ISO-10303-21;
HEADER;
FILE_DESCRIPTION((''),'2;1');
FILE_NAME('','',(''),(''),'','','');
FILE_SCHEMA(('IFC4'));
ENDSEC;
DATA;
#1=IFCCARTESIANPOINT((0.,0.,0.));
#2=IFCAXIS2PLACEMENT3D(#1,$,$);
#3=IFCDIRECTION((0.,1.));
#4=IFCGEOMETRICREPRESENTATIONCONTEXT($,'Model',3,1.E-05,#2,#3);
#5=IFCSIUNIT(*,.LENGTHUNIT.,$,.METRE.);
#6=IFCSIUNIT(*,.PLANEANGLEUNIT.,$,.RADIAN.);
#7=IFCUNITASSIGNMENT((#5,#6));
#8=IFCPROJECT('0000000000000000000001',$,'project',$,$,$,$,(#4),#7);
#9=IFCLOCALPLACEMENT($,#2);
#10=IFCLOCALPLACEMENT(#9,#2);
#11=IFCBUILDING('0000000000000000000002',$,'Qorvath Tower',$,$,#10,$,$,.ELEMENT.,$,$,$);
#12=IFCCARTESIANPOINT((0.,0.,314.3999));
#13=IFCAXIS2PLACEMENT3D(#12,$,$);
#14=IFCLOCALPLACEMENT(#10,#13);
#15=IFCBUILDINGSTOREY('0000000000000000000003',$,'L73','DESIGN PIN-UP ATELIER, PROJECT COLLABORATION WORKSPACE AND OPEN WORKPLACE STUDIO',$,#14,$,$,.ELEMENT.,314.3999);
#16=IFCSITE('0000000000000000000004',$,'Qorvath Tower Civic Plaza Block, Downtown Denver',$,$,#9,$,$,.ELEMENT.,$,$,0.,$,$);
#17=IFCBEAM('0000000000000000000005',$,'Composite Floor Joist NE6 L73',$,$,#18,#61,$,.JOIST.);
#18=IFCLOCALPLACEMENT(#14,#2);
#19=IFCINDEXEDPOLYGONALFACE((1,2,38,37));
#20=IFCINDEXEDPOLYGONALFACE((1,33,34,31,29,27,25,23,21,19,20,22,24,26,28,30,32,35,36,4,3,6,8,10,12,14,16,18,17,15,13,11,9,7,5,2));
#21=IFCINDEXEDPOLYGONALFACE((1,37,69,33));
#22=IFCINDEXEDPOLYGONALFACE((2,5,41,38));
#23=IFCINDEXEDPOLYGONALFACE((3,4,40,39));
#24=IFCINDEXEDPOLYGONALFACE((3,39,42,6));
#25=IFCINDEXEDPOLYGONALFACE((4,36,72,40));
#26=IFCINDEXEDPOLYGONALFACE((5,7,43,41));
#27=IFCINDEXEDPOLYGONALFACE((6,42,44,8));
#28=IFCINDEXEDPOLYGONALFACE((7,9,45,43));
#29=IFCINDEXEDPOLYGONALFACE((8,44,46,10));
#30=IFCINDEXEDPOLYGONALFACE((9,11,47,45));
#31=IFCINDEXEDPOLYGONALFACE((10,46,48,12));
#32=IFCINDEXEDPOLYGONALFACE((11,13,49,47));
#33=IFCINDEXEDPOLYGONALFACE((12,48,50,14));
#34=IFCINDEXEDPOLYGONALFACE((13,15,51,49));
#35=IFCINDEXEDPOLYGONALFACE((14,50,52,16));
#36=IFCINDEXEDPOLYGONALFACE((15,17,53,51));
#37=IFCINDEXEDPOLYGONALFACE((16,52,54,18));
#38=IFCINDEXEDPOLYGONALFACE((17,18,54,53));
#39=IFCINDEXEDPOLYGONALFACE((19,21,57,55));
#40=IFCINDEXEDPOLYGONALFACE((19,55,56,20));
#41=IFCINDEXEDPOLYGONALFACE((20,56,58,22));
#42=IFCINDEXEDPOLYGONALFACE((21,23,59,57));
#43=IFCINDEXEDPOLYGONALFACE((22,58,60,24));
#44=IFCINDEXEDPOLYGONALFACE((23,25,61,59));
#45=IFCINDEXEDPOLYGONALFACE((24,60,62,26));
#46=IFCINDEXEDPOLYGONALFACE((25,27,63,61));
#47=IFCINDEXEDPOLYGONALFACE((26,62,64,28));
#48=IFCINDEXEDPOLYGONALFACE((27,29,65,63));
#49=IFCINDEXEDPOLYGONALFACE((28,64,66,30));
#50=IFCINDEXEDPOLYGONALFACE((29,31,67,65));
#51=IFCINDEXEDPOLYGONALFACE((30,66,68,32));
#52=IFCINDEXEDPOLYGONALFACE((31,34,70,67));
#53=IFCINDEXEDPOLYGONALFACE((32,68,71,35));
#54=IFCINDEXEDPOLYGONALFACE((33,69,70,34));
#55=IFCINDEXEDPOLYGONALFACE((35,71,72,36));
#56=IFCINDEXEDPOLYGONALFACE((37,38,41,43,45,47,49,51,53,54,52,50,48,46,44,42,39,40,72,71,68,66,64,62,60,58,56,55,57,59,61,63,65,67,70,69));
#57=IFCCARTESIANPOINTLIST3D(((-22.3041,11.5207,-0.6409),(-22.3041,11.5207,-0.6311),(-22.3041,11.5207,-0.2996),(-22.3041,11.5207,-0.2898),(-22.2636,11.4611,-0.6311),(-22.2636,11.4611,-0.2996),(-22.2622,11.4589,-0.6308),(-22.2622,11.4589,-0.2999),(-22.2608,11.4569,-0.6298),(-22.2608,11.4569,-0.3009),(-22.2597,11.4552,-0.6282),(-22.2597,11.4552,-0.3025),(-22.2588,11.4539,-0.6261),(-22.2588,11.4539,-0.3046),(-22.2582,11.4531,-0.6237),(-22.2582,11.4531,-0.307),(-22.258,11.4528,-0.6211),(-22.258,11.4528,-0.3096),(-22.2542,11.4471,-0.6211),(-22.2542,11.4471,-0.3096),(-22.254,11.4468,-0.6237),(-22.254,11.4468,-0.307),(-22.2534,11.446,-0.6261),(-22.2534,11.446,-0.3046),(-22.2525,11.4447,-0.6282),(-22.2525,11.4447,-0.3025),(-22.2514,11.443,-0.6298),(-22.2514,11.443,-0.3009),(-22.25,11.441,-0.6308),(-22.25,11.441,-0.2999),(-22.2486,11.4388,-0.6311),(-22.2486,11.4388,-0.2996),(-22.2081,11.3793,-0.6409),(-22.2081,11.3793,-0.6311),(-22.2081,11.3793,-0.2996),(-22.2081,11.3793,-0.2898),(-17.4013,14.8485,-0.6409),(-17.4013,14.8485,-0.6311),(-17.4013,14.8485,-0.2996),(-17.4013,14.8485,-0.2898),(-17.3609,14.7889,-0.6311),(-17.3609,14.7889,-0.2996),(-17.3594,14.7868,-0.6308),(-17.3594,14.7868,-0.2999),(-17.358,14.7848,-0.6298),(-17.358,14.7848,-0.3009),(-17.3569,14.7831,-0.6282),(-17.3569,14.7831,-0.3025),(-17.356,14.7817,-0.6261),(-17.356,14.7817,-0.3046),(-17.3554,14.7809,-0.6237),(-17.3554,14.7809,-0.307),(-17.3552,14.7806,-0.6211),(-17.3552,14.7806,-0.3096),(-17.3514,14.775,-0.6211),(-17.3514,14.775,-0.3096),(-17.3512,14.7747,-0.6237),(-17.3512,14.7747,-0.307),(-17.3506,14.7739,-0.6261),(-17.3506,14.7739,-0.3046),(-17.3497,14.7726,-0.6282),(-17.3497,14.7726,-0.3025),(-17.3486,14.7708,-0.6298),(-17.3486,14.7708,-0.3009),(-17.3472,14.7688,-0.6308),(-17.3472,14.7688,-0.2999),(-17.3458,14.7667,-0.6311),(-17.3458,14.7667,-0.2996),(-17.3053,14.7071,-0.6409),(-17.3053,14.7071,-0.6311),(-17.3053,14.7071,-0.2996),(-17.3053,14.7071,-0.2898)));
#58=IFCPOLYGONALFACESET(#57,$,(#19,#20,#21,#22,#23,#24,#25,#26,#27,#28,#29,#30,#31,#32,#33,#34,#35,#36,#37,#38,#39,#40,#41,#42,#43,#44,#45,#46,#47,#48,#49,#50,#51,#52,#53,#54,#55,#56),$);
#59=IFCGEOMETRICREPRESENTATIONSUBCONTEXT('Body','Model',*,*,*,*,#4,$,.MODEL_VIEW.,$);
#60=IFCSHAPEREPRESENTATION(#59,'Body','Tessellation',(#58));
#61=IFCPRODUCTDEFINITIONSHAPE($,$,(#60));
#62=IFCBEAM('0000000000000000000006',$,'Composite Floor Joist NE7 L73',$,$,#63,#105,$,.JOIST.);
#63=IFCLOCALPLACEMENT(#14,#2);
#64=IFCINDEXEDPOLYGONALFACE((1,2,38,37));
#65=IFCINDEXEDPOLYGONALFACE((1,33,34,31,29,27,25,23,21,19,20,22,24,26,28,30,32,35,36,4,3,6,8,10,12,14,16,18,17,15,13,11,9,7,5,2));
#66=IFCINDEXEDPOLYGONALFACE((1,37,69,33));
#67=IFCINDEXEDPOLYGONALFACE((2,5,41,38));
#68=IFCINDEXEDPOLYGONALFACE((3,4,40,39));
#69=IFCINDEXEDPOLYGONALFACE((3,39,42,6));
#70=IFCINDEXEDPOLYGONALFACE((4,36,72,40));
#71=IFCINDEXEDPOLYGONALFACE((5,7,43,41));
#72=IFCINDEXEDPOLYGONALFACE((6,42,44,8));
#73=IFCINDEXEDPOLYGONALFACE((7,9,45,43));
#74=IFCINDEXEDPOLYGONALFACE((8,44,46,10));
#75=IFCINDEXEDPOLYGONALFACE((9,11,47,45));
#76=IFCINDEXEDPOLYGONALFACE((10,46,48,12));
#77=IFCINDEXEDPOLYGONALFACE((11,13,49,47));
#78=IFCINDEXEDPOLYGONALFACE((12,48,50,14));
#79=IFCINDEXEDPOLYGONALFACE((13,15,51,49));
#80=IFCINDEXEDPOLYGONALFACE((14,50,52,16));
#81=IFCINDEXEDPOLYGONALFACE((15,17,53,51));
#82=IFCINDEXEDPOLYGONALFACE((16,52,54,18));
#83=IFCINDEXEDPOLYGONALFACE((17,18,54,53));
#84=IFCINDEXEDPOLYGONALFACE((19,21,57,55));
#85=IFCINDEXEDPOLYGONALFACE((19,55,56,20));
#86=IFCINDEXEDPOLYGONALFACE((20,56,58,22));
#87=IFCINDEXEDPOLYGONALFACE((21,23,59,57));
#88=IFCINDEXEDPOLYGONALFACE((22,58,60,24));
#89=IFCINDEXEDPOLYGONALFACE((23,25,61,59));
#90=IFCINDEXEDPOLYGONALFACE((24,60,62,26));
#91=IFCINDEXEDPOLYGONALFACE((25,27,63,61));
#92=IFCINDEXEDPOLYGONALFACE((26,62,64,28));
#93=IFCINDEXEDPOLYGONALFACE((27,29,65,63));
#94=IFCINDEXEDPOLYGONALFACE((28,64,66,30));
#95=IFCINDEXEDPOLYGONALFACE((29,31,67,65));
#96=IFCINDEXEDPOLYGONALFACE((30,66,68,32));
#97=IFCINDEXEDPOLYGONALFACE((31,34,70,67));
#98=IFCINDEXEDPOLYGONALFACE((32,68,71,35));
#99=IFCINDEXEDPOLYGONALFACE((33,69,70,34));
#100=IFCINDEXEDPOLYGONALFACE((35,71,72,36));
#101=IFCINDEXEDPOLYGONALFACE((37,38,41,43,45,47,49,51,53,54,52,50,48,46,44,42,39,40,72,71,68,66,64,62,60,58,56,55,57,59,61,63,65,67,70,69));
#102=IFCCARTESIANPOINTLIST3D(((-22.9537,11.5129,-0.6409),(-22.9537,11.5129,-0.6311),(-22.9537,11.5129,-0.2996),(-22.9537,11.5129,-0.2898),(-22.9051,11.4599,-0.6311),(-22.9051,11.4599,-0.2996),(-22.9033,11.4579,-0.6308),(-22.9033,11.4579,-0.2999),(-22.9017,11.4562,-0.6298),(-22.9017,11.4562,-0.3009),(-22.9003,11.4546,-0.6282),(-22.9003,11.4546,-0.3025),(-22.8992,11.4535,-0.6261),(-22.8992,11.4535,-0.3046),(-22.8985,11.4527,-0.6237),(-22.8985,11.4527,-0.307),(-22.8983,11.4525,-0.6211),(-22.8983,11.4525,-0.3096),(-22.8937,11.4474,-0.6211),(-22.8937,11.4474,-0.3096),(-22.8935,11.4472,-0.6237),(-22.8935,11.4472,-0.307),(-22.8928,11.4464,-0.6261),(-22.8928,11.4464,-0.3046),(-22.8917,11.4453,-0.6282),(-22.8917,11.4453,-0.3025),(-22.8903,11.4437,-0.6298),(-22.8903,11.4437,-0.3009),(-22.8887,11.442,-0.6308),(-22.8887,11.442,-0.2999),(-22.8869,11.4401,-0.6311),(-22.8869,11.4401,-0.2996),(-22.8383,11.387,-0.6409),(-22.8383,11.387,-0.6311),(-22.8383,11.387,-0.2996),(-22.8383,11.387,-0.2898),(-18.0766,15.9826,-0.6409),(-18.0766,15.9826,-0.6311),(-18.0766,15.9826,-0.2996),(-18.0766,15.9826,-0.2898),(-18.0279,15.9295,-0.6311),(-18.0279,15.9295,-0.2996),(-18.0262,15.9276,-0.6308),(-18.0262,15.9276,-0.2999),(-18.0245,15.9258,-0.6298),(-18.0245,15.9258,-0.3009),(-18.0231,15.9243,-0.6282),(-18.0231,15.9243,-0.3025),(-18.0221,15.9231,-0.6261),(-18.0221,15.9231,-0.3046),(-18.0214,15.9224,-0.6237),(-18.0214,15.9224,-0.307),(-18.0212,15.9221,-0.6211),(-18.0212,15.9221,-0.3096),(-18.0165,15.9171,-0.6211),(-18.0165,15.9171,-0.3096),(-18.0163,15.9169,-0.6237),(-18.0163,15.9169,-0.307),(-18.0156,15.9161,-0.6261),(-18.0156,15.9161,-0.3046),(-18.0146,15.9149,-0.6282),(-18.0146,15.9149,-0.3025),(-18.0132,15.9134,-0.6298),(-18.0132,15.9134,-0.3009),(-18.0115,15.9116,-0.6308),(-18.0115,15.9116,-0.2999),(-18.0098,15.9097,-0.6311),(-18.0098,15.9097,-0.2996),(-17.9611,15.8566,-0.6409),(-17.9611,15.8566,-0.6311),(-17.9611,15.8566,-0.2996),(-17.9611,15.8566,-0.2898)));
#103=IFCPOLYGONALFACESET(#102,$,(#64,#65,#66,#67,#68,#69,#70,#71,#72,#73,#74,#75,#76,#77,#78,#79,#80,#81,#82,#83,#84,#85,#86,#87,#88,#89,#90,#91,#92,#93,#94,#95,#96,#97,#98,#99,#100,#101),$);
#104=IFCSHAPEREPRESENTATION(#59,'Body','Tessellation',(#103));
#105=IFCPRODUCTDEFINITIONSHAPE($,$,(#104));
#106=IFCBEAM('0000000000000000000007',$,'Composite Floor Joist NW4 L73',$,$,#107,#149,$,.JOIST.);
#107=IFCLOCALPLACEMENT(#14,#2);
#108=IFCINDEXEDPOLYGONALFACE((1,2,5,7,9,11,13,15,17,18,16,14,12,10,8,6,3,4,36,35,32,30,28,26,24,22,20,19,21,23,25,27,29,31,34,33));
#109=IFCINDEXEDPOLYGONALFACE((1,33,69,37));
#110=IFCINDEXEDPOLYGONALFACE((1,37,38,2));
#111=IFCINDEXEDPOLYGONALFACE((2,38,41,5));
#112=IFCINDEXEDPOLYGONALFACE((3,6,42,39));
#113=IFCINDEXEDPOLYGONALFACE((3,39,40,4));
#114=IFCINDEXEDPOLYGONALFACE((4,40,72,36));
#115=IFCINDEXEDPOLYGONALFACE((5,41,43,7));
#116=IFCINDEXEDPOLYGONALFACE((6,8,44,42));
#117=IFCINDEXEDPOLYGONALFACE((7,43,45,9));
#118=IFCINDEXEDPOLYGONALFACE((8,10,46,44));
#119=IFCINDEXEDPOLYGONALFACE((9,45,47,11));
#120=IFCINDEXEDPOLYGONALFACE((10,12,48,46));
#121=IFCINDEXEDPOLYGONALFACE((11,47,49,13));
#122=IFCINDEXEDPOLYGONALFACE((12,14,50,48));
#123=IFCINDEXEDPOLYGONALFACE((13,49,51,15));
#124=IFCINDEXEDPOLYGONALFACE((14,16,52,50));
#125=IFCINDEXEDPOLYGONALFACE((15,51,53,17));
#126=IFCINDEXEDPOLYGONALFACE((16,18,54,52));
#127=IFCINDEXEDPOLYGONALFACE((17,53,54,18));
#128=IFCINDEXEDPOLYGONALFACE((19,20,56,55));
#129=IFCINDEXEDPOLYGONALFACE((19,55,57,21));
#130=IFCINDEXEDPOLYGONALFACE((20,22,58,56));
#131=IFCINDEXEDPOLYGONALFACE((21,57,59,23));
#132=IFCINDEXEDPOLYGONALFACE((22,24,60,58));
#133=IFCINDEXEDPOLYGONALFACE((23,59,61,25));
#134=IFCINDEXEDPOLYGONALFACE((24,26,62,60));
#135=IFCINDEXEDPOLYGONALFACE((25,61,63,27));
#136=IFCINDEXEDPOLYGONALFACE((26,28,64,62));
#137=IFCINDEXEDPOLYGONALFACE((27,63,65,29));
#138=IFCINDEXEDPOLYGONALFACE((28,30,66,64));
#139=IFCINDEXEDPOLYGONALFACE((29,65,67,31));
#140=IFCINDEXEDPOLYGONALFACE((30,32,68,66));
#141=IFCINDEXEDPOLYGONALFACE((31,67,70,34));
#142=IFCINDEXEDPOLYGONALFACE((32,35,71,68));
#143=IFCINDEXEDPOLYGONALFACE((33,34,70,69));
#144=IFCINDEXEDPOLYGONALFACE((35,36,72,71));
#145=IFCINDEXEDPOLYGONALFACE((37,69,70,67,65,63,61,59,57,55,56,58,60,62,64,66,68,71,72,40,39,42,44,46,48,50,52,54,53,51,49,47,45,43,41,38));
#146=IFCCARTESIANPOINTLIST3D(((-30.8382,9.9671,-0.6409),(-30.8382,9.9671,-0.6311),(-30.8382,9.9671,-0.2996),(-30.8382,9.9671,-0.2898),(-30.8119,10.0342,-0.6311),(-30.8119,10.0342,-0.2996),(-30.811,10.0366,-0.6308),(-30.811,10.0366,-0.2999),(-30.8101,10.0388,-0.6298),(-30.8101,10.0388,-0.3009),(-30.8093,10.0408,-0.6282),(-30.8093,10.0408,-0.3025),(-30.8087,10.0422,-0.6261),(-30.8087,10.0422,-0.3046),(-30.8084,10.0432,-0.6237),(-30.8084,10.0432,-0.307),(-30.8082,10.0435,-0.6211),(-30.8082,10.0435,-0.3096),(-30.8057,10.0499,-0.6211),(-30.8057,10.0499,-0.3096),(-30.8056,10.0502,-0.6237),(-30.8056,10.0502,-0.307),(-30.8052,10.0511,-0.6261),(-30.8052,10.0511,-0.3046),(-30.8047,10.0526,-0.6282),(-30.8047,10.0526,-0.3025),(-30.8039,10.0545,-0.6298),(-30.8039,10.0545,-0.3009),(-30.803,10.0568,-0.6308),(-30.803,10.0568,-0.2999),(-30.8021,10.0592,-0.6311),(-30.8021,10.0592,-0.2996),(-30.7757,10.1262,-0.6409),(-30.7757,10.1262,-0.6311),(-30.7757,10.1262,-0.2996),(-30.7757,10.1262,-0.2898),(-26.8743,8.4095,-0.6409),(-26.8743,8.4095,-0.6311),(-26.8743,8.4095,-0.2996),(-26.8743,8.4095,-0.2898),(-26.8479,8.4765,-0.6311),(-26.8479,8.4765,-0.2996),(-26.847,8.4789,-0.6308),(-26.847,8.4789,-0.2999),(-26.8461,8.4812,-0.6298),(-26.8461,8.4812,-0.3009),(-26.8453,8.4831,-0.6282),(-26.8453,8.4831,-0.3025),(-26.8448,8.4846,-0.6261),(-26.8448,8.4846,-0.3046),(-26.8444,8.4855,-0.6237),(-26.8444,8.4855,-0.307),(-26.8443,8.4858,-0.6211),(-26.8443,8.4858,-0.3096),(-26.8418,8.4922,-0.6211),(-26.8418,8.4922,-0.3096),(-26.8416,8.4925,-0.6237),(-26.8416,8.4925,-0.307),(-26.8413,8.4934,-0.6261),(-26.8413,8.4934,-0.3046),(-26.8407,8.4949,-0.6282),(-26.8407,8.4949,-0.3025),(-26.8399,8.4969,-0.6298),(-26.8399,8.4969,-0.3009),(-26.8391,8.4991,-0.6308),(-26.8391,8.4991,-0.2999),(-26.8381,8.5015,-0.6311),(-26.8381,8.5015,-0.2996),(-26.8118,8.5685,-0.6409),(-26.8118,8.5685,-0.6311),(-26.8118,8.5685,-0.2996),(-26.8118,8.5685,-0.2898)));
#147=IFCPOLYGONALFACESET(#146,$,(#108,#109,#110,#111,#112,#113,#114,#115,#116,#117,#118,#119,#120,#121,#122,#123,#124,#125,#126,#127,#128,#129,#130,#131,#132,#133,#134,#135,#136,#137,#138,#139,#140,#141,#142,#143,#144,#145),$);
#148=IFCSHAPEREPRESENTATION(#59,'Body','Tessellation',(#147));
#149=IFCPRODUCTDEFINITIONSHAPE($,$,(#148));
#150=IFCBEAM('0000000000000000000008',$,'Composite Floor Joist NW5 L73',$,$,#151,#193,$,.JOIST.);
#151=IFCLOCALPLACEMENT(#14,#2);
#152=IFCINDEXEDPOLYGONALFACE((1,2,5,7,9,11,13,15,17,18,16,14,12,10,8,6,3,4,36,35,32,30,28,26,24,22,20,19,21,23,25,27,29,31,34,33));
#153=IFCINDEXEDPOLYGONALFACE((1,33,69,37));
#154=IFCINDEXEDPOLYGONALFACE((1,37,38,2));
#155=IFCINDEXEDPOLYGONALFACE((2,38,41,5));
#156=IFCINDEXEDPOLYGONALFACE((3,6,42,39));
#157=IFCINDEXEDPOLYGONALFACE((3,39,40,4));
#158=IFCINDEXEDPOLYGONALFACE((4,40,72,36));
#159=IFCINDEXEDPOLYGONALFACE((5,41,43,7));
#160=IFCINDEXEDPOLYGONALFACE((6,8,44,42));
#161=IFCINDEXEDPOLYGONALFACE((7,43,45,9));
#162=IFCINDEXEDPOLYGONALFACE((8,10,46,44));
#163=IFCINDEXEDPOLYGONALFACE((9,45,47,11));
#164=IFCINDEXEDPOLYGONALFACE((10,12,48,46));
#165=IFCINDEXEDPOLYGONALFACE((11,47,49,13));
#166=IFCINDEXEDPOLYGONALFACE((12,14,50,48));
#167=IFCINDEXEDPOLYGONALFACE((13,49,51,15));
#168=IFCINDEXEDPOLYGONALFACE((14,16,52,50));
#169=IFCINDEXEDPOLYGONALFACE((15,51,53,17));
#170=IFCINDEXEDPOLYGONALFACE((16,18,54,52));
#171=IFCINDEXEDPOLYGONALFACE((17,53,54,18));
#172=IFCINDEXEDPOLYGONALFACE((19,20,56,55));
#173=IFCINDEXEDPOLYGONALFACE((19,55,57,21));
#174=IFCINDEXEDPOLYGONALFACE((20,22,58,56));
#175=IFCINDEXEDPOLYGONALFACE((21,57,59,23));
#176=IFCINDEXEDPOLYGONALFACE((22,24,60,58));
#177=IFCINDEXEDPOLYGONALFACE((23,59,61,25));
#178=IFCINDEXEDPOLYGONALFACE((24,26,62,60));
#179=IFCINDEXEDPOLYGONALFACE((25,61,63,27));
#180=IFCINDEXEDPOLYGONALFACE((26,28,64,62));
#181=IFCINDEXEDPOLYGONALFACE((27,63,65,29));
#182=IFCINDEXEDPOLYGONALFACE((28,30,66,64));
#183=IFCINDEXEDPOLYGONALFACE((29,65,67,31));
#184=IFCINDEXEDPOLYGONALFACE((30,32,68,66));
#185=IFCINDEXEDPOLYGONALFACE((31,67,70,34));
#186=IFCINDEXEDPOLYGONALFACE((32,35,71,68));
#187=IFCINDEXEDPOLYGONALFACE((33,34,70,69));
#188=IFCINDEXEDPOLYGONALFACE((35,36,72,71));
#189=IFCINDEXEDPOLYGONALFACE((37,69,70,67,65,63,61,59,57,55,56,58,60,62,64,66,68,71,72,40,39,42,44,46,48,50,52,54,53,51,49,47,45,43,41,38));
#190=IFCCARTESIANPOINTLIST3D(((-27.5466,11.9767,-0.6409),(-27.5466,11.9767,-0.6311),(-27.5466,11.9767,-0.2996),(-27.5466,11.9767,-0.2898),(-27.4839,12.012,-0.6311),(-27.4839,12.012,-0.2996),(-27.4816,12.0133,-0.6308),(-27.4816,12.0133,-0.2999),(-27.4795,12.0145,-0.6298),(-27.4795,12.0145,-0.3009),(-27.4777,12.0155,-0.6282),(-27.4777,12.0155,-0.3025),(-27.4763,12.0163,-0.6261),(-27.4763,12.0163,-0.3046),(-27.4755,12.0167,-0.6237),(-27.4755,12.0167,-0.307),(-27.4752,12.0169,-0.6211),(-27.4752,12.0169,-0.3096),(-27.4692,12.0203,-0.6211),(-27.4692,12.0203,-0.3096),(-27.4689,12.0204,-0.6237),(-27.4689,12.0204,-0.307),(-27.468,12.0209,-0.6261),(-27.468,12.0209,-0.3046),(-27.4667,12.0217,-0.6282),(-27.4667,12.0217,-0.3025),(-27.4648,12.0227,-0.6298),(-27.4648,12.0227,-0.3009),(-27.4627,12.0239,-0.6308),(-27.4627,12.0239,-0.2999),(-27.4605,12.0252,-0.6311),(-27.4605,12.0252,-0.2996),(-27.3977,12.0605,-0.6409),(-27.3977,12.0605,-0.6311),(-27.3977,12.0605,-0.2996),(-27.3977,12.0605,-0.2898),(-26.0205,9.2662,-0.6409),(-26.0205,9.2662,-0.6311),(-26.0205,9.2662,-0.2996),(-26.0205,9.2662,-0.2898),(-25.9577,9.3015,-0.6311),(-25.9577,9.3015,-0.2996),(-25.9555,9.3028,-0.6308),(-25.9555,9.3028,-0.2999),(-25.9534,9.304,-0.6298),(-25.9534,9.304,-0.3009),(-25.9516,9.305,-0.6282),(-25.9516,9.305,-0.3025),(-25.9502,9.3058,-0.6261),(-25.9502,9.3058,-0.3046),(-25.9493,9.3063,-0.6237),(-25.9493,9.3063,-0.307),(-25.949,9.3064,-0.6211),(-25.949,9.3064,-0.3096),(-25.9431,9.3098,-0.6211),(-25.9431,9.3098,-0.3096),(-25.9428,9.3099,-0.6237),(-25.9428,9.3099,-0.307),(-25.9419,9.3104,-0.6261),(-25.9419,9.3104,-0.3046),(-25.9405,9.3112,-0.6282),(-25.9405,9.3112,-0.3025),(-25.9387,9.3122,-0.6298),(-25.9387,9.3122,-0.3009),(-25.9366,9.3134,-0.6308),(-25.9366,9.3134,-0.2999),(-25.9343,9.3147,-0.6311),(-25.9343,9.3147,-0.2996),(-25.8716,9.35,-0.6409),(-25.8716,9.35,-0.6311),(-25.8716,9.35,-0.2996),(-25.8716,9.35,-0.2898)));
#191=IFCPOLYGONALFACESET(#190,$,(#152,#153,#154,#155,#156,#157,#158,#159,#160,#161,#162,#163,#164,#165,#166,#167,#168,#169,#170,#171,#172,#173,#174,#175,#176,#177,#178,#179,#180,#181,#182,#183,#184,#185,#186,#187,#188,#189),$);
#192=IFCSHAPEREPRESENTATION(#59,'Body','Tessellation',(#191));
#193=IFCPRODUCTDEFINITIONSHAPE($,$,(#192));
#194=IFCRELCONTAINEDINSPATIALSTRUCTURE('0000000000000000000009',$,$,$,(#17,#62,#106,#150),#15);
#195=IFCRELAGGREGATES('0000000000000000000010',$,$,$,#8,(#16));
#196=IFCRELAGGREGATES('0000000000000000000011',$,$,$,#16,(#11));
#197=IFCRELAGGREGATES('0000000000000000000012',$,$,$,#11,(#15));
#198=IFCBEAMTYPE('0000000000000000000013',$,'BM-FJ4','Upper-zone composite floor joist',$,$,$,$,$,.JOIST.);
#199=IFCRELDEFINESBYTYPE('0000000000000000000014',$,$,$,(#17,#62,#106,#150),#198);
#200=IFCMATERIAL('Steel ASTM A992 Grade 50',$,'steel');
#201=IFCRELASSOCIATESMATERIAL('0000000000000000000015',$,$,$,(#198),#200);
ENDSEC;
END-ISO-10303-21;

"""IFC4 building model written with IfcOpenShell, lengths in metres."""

from ifc_helpers import new_model, si_unit, direction, frame, origin, origin_2d, place, context, subcontext, project, spatial, i_section, extrude, material, material_profile, profile_set, type_object, element, save


model = new_model("IFC4")

# Units and contexts
model_context = context("Model", 3, precision=1e-05, world=origin(), true_north=direction((0.0, 1.0)))
body_context = subcontext(model_context, "Body", "Model", "MODEL_VIEW")
ifc_project = project(units=[si_unit("LENGTHUNIT", "METRE"), si_unit("PLANEANGLEUNIT", "RADIAN")], contexts=[model_context])

# Site, building, storey
site_placement = place(None, origin())
site = spatial("IfcSite", under=ifc_project, at=site_placement, Name="Qorvath Tower Civic Plaza Block, Downtown Denver", CompositionType="ELEMENT", RefElevation=0.0)
building_placement = place(site_placement, origin())
building = spatial("IfcBuilding", under=site, at=building_placement, Name="Qorvath Tower", CompositionType="ELEMENT")
storey_placement = place(building_placement, frame((0.0, 0.0, 314.3999)))
storey = spatial("IfcBuildingStorey", under=building, at=storey_placement, Name="L73", Description="DESIGN PIN-UP ATELIER, PROJECT COLLABORATION WORKSPACE AND OPEN WORKPLACE STUDIO", CompositionType="ELEMENT", Elevation=314.3999)

# Beams
ifc_material_1 = material(Name="Steel ASTM A992 Grade 50", Category="steel")
ifc_material_profile_1 = material_profile(ifc_material_1, i_section(OverallWidth=0.1709, OverallDepth=0.3511, WebThickness=0.0068, FlangeThickness=0.0098, FilletRadius=0.01, at=origin_2d()), Name="W14x30")
ifc_profile_set_1 = profile_set([ifc_material_profile_1], Name="Steel ASTM A992 Grade 50")
beam_type_1 = type_object("IfcBeamType", Name="BM-FJ4", Description="Upper-zone composite floor joist", PredefinedType="JOIST", material=ifc_profile_set_1)
beam_1_placement = place(storey_placement, frame((-22.2561, 11.45, -0.4653), z_axis=(0.827401, 0.561612, 0.0), x_axis=(-0.561612, 0.827401, 0.0)))
element("IfcBeam", 1, at=beam_1_placement, inside=storey, type_object=beam_type_1, Name="Composite Floor Joist NE6 L73", PredefinedType="JOIST", context=body_context, shape_type="SweptSolid", body=[
    extrude(i_section(OverallWidth=0.1709, OverallDepth=0.3511, WebThickness=0.0068, FlangeThickness=0.0098, FilletRadius=0.01, at=origin_2d()), origin(), (0.0, 0.0, 1.0), 5.9255),
])
beam_2_placement = place(storey_placement, frame((-22.896, 11.45, -0.4653), z_axis=(0.737232, 0.675639, 0.0), x_axis=(-0.675639, 0.737232, 0.0)))
element("IfcBeam", 2, at=beam_2_placement, inside=storey, type_object=beam_type_1, Name="Composite Floor Joist NE7 L73", PredefinedType="JOIST", context=body_context, shape_type="SweptSolid", body=[
    extrude(i_section(OverallWidth=0.1709, OverallDepth=0.3511, WebThickness=0.0068, FlangeThickness=0.0098, FilletRadius=0.01, at=origin_2d()), origin(), (0.0, 0.0, 1.0), 6.6155),
])
beam_3_placement = place(storey_placement, frame((-26.843, 8.489, -0.4653), z_axis=(-0.930721, 0.36573, 0.0), x_axis=(-0.36573, -0.930721, 0.0)))
element("IfcBeam", 3, at=beam_3_placement, inside=storey, type_object=beam_type_1, Name="Composite Floor Joist NW4 L73", PredefinedType="JOIST", context=body_context, shape_type="SweptSolid", body=[
    extrude(i_section(OverallWidth=0.1709, OverallDepth=0.3511, WebThickness=0.0068, FlangeThickness=0.0098, FilletRadius=0.01, at=origin_2d()), origin(), (0.0, 0.0, 1.0), 4.259),
])
beam_4_placement = place(storey_placement, frame((-25.946, 9.3081, -0.4653), z_axis=(-0.490626, 0.87137, 0.0), x_axis=(-0.87137, -0.490626, 0.0)))
element("IfcBeam", 4, at=beam_4_placement, inside=storey, type_object=beam_type_1, Name="Composite Floor Joist NW5 L73", PredefinedType="JOIST", context=body_context, shape_type="SweptSolid", body=[
    extrude(i_section(OverallWidth=0.1709, OverallDepth=0.3511, WebThickness=0.0068, FlangeThickness=0.0098, FilletRadius=0.01, at=origin_2d()), origin(), (0.0, 0.0, 1.0), 3.1106),
])

save(model, "model.ifc")
